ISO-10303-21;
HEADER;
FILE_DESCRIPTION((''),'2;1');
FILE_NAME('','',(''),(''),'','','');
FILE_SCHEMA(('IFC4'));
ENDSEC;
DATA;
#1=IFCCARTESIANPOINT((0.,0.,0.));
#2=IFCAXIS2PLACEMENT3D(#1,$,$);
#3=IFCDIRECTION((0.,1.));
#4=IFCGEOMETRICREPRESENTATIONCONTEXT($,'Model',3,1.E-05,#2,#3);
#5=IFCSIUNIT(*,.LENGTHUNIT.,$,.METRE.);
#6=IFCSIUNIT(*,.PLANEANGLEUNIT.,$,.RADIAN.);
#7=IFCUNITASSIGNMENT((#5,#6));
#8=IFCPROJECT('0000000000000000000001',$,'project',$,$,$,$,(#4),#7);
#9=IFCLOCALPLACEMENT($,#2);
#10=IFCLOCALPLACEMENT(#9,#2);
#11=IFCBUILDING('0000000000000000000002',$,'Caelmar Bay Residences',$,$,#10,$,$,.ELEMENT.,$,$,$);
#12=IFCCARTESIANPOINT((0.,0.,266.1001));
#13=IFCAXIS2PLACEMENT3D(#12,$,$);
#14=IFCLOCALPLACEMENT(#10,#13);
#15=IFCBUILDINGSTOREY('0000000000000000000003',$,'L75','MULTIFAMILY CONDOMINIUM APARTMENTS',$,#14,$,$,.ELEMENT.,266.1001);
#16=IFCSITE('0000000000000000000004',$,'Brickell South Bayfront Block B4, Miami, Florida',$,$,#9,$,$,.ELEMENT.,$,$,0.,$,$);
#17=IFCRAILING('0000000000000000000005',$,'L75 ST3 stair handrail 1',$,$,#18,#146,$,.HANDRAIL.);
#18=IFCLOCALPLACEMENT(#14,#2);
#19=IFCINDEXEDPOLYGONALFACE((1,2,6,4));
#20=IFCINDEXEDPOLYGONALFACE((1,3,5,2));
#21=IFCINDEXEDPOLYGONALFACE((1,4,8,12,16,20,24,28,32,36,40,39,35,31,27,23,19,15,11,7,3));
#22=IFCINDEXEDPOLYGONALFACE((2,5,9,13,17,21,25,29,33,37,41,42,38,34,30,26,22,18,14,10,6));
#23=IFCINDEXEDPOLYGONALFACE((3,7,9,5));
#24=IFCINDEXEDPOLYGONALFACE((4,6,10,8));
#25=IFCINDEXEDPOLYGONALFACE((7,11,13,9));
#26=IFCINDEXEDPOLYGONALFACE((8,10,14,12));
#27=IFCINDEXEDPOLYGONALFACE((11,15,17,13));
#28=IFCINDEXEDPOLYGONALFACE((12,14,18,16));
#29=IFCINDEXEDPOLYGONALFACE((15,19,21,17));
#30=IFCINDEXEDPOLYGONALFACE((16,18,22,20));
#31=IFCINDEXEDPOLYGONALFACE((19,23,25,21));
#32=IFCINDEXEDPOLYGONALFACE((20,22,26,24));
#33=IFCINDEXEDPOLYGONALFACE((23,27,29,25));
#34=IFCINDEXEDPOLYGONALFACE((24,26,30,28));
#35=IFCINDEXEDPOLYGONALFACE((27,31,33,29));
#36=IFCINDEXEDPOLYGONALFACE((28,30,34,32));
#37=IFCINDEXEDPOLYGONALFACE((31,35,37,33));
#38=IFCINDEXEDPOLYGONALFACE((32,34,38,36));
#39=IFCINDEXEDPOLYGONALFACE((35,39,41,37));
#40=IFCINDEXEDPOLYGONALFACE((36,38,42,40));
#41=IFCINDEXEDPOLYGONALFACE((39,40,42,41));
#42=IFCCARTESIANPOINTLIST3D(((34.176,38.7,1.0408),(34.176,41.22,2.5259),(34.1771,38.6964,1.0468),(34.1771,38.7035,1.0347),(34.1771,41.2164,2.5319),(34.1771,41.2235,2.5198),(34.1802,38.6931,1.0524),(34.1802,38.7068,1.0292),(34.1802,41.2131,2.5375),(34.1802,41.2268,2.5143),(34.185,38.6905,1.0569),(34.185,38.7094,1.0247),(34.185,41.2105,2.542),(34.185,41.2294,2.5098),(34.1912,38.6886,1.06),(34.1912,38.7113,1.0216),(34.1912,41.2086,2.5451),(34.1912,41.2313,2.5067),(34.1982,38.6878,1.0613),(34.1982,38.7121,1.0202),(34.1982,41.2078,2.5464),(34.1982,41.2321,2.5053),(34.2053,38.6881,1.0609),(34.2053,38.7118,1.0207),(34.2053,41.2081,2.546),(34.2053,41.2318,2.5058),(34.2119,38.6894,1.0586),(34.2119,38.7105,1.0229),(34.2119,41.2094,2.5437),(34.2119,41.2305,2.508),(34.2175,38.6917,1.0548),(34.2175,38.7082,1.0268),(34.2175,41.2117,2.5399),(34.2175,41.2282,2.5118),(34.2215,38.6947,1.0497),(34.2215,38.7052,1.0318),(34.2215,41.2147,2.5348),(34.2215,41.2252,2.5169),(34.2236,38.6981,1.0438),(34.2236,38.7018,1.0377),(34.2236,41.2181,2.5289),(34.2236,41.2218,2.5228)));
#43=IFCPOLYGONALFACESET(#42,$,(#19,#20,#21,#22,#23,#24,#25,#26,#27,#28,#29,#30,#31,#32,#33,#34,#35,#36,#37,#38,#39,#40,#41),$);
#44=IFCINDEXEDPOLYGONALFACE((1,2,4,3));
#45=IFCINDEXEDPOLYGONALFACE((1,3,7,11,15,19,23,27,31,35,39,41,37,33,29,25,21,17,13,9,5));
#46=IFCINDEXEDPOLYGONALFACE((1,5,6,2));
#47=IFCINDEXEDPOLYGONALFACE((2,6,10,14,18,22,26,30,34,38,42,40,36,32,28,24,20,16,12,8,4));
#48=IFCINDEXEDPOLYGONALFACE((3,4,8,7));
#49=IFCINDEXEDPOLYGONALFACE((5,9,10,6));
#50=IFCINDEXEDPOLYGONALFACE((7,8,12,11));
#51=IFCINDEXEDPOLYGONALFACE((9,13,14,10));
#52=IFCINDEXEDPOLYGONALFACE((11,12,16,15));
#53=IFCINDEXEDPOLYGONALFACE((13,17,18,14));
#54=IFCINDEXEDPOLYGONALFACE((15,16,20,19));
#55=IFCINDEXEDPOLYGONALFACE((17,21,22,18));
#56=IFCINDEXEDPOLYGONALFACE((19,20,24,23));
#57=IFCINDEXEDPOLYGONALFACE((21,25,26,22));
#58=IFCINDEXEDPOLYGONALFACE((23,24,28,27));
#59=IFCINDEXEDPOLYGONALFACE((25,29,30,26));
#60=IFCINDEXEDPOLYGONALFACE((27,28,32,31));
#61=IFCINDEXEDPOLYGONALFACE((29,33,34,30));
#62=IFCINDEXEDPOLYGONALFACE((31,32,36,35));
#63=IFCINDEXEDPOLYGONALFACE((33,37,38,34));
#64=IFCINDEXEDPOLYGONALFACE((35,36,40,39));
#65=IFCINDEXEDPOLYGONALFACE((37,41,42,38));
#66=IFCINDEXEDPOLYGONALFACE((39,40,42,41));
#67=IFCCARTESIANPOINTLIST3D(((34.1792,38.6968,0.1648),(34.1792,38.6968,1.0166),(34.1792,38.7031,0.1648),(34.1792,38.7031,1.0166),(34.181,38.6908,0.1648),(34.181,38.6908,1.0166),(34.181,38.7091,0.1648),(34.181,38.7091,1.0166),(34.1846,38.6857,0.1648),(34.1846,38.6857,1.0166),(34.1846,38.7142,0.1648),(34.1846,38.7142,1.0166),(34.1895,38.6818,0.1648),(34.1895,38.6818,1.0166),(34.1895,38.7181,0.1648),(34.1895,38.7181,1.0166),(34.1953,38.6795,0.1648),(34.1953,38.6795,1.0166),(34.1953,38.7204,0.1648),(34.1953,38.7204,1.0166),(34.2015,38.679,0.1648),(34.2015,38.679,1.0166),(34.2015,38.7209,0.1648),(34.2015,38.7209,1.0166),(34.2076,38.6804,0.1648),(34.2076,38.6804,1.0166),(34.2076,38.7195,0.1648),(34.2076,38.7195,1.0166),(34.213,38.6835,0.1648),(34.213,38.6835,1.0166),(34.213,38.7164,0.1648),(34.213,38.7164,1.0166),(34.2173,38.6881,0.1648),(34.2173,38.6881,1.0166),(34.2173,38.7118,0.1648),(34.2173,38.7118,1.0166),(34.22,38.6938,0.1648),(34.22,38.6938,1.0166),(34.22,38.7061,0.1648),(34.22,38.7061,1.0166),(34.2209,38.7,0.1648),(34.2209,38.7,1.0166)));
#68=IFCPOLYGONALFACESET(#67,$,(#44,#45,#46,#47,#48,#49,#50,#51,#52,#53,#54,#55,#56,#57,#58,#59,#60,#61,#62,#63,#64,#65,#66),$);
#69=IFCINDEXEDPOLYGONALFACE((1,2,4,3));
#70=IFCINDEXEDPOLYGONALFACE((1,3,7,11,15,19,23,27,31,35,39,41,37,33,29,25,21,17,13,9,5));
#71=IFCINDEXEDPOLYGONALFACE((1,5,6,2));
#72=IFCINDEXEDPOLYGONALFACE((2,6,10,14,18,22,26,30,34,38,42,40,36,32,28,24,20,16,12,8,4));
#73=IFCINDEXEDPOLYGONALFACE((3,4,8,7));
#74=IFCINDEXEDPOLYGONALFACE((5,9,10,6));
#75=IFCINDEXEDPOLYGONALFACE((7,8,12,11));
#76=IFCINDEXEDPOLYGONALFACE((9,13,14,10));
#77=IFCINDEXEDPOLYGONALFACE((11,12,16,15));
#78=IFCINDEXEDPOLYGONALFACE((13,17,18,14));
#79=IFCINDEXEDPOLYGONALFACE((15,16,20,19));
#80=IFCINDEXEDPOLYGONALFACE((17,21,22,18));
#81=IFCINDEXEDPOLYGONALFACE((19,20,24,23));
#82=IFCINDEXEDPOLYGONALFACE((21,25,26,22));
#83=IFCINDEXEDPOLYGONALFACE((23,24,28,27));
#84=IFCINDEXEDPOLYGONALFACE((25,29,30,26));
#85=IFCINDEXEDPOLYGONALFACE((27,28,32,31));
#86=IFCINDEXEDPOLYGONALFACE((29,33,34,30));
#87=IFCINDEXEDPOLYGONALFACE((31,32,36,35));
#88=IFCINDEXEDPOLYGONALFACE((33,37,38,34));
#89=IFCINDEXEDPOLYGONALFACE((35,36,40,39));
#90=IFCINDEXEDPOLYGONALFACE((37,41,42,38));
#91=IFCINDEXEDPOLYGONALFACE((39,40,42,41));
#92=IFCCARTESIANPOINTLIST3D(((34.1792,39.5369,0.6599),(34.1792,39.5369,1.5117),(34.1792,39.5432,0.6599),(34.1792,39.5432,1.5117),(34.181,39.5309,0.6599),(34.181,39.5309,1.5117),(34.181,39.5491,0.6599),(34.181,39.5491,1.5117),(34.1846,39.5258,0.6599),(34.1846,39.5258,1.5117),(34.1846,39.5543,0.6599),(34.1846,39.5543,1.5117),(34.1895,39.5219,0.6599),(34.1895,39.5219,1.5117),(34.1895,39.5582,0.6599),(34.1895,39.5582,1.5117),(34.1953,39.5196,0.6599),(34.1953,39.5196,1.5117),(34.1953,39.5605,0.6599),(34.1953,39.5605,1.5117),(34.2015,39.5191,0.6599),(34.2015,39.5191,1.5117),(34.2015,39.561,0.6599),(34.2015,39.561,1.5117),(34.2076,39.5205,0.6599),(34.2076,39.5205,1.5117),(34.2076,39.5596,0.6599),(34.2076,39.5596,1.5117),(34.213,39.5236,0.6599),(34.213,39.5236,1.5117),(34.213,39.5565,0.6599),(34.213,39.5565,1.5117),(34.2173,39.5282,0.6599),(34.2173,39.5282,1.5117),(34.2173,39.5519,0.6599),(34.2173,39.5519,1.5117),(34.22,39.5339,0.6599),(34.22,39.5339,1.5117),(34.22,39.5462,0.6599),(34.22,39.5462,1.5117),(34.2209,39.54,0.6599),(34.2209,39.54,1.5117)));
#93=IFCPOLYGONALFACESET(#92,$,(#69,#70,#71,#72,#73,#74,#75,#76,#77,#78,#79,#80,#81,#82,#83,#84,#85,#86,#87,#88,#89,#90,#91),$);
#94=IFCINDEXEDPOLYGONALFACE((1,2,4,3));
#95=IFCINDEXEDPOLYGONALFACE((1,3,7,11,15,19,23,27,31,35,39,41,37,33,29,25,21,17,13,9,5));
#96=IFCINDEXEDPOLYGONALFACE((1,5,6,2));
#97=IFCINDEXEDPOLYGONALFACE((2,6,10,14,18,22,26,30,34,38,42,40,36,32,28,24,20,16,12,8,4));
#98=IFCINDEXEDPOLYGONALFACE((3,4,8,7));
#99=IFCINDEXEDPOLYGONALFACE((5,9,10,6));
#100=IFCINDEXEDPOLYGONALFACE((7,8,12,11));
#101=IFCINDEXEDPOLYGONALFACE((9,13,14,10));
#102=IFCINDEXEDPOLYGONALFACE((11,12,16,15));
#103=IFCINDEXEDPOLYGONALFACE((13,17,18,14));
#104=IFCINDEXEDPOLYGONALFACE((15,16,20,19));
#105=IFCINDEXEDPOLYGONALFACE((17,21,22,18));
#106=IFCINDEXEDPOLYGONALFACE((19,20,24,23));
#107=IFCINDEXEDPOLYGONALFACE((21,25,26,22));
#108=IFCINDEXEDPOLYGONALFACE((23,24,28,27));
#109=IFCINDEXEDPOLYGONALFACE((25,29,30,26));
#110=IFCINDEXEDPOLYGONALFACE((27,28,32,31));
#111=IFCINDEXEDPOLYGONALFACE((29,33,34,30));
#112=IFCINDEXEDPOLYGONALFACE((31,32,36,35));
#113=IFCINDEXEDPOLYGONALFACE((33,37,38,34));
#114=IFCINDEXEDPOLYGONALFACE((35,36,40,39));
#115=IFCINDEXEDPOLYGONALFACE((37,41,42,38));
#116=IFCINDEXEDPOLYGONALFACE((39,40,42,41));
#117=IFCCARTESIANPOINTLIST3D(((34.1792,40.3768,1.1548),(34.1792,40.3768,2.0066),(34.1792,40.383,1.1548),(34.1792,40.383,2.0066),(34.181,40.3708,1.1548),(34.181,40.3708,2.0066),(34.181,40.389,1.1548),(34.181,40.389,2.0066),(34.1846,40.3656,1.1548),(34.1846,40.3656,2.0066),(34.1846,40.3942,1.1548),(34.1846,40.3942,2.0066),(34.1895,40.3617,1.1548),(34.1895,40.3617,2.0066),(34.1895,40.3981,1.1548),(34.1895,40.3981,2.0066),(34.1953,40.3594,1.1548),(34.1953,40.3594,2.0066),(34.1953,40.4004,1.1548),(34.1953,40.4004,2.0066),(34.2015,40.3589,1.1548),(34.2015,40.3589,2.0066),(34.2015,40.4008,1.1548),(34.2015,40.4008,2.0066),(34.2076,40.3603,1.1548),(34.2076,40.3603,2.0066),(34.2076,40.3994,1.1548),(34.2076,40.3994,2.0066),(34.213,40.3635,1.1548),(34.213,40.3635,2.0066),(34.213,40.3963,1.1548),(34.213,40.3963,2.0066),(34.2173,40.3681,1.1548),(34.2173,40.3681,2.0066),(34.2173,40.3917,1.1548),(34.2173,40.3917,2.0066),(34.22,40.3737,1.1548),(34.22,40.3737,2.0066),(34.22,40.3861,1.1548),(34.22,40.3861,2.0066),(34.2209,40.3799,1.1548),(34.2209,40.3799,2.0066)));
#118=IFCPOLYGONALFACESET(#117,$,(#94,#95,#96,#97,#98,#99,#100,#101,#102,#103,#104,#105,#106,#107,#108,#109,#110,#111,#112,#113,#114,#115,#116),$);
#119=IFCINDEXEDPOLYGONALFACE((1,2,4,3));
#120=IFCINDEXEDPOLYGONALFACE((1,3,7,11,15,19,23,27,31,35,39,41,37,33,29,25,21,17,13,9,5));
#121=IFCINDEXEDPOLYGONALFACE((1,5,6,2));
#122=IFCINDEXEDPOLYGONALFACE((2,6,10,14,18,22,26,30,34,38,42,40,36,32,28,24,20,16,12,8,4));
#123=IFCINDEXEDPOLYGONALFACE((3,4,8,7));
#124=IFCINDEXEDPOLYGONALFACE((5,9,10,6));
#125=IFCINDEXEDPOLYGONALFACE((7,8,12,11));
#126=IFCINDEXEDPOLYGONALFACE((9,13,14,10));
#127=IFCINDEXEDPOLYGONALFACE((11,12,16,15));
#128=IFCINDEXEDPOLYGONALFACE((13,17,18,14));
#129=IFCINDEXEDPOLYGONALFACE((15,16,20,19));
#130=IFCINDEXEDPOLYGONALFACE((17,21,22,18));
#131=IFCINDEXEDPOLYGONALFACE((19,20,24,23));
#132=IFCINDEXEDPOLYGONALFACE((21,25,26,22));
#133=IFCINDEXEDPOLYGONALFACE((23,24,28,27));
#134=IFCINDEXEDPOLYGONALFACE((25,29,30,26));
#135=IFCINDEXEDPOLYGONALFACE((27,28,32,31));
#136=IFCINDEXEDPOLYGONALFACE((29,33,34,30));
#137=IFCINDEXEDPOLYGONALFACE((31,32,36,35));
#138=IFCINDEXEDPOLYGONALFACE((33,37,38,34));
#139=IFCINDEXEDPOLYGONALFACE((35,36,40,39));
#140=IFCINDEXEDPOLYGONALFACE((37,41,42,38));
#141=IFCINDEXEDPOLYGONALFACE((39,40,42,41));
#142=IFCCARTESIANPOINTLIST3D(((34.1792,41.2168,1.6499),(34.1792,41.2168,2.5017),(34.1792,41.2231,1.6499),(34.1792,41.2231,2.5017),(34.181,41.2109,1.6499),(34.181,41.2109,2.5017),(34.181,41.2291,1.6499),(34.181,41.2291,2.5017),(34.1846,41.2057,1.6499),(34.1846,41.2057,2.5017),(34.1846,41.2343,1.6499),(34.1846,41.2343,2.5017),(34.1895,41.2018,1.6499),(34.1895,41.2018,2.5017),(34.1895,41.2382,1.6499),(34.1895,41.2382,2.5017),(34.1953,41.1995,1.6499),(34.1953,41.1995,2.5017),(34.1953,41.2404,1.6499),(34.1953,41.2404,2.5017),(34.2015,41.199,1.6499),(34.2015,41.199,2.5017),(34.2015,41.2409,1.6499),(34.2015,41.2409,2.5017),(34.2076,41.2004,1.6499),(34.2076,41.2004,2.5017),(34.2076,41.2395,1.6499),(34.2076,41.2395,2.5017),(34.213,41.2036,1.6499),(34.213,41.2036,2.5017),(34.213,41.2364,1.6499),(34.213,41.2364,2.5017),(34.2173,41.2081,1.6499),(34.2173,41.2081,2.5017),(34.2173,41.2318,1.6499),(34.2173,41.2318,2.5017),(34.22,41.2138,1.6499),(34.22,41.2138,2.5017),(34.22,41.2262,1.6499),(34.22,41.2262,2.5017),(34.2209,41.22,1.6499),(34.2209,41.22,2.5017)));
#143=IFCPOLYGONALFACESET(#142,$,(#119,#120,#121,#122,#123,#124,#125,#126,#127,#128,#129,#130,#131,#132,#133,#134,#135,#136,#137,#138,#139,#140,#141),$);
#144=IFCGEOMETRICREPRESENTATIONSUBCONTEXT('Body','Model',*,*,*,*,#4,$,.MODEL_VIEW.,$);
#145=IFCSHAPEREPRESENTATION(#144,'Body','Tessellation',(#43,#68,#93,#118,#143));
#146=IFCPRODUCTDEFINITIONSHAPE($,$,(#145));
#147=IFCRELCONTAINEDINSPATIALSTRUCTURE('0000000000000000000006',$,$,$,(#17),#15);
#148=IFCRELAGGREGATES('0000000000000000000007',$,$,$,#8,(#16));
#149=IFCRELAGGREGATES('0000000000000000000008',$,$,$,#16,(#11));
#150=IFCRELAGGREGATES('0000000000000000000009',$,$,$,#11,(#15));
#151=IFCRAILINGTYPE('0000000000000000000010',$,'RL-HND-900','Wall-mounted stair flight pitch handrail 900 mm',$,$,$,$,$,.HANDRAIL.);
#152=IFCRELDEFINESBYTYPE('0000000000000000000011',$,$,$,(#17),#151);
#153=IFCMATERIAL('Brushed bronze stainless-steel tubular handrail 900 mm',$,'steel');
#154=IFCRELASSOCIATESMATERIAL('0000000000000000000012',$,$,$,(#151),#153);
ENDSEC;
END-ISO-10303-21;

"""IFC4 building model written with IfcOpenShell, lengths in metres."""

from ifc_helpers import new_model, si_unit, direction, frame, origin, origin_2d, place, context, subcontext, project, spatial, circle, extrude, material, type_object, element, save


model = new_model("IFC4")

# Units and contexts
model_context = context("Model", 3, precision=1e-05, world=origin(), true_north=direction((0.0, 1.0)))
body_context = subcontext(model_context, "Body", "Model", "MODEL_VIEW")
ifc_project = project(units=[si_unit("LENGTHUNIT", "METRE"), si_unit("PLANEANGLEUNIT", "RADIAN")], contexts=[model_context])

# Site, building, storey
site_placement = place(None, origin())
site = spatial("IfcSite", under=ifc_project, at=site_placement, Name="Brickell South Bayfront Block B4, Miami, Florida", CompositionType="ELEMENT", RefElevation=0.0)
building_placement = place(site_placement, origin())
building = spatial("IfcBuilding", under=site, at=building_placement, Name="Caelmar Bay Residences", CompositionType="ELEMENT")
storey_placement = place(building_placement, frame((0.0, 0.0, 266.1001)))
storey = spatial("IfcBuildingStorey", under=building, at=storey_placement, Name="L75", Description="MULTIFAMILY CONDOMINIUM APARTMENTS", CompositionType="ELEMENT", Elevation=266.1001)

# Railing
ifc_material_1 = material(Name="Brushed bronze stainless-steel tubular handrail 900 mm", Category="steel")
railing_type_1 = type_object("IfcRailingType", Name="RL-HND-900", Description="Wall-mounted stair flight pitch handrail 900 mm", PredefinedType="HANDRAIL", material=ifc_material_1)
railing_1_placement = place(storey_placement, frame((34.2, 38.7, 0.1648)))
element("IfcRailing", 1, at=railing_1_placement, inside=storey, type_object=railing_type_1, Name="L75 ST3 stair handrail 1", PredefinedType="HANDRAIL", context=body_context, shape_type="SweptSolid", body=[
    extrude(circle(Radius=0.0239, at=origin_2d()), frame((0.0, 0.0, 0.876), z_axis=(0.0, 0.861524, 0.507717), x_axis=(-1.0, 0.0, 0.0)), (0.0, 0.0, 1.0), 2.925),
    extrude(circle(Radius=0.021, at=origin_2d()), origin(), (0.0, 0.0, 1.0), 0.8518),
    extrude(circle(Radius=0.021, at=origin_2d()), frame((0.0, 0.8401, 0.4951)), (0.0, 0.0, 1.0), 0.8518),
    extrude(circle(Radius=0.021, at=origin_2d()), frame((0.0, 1.6799, 0.99)), (0.0, 0.0, 1.0), 0.8518),
    extrude(circle(Radius=0.021, at=origin_2d()), frame((0.0, 2.52, 1.4851)), (0.0, 0.0, 1.0), 0.8518),
])

save(model, "model.ifc")
